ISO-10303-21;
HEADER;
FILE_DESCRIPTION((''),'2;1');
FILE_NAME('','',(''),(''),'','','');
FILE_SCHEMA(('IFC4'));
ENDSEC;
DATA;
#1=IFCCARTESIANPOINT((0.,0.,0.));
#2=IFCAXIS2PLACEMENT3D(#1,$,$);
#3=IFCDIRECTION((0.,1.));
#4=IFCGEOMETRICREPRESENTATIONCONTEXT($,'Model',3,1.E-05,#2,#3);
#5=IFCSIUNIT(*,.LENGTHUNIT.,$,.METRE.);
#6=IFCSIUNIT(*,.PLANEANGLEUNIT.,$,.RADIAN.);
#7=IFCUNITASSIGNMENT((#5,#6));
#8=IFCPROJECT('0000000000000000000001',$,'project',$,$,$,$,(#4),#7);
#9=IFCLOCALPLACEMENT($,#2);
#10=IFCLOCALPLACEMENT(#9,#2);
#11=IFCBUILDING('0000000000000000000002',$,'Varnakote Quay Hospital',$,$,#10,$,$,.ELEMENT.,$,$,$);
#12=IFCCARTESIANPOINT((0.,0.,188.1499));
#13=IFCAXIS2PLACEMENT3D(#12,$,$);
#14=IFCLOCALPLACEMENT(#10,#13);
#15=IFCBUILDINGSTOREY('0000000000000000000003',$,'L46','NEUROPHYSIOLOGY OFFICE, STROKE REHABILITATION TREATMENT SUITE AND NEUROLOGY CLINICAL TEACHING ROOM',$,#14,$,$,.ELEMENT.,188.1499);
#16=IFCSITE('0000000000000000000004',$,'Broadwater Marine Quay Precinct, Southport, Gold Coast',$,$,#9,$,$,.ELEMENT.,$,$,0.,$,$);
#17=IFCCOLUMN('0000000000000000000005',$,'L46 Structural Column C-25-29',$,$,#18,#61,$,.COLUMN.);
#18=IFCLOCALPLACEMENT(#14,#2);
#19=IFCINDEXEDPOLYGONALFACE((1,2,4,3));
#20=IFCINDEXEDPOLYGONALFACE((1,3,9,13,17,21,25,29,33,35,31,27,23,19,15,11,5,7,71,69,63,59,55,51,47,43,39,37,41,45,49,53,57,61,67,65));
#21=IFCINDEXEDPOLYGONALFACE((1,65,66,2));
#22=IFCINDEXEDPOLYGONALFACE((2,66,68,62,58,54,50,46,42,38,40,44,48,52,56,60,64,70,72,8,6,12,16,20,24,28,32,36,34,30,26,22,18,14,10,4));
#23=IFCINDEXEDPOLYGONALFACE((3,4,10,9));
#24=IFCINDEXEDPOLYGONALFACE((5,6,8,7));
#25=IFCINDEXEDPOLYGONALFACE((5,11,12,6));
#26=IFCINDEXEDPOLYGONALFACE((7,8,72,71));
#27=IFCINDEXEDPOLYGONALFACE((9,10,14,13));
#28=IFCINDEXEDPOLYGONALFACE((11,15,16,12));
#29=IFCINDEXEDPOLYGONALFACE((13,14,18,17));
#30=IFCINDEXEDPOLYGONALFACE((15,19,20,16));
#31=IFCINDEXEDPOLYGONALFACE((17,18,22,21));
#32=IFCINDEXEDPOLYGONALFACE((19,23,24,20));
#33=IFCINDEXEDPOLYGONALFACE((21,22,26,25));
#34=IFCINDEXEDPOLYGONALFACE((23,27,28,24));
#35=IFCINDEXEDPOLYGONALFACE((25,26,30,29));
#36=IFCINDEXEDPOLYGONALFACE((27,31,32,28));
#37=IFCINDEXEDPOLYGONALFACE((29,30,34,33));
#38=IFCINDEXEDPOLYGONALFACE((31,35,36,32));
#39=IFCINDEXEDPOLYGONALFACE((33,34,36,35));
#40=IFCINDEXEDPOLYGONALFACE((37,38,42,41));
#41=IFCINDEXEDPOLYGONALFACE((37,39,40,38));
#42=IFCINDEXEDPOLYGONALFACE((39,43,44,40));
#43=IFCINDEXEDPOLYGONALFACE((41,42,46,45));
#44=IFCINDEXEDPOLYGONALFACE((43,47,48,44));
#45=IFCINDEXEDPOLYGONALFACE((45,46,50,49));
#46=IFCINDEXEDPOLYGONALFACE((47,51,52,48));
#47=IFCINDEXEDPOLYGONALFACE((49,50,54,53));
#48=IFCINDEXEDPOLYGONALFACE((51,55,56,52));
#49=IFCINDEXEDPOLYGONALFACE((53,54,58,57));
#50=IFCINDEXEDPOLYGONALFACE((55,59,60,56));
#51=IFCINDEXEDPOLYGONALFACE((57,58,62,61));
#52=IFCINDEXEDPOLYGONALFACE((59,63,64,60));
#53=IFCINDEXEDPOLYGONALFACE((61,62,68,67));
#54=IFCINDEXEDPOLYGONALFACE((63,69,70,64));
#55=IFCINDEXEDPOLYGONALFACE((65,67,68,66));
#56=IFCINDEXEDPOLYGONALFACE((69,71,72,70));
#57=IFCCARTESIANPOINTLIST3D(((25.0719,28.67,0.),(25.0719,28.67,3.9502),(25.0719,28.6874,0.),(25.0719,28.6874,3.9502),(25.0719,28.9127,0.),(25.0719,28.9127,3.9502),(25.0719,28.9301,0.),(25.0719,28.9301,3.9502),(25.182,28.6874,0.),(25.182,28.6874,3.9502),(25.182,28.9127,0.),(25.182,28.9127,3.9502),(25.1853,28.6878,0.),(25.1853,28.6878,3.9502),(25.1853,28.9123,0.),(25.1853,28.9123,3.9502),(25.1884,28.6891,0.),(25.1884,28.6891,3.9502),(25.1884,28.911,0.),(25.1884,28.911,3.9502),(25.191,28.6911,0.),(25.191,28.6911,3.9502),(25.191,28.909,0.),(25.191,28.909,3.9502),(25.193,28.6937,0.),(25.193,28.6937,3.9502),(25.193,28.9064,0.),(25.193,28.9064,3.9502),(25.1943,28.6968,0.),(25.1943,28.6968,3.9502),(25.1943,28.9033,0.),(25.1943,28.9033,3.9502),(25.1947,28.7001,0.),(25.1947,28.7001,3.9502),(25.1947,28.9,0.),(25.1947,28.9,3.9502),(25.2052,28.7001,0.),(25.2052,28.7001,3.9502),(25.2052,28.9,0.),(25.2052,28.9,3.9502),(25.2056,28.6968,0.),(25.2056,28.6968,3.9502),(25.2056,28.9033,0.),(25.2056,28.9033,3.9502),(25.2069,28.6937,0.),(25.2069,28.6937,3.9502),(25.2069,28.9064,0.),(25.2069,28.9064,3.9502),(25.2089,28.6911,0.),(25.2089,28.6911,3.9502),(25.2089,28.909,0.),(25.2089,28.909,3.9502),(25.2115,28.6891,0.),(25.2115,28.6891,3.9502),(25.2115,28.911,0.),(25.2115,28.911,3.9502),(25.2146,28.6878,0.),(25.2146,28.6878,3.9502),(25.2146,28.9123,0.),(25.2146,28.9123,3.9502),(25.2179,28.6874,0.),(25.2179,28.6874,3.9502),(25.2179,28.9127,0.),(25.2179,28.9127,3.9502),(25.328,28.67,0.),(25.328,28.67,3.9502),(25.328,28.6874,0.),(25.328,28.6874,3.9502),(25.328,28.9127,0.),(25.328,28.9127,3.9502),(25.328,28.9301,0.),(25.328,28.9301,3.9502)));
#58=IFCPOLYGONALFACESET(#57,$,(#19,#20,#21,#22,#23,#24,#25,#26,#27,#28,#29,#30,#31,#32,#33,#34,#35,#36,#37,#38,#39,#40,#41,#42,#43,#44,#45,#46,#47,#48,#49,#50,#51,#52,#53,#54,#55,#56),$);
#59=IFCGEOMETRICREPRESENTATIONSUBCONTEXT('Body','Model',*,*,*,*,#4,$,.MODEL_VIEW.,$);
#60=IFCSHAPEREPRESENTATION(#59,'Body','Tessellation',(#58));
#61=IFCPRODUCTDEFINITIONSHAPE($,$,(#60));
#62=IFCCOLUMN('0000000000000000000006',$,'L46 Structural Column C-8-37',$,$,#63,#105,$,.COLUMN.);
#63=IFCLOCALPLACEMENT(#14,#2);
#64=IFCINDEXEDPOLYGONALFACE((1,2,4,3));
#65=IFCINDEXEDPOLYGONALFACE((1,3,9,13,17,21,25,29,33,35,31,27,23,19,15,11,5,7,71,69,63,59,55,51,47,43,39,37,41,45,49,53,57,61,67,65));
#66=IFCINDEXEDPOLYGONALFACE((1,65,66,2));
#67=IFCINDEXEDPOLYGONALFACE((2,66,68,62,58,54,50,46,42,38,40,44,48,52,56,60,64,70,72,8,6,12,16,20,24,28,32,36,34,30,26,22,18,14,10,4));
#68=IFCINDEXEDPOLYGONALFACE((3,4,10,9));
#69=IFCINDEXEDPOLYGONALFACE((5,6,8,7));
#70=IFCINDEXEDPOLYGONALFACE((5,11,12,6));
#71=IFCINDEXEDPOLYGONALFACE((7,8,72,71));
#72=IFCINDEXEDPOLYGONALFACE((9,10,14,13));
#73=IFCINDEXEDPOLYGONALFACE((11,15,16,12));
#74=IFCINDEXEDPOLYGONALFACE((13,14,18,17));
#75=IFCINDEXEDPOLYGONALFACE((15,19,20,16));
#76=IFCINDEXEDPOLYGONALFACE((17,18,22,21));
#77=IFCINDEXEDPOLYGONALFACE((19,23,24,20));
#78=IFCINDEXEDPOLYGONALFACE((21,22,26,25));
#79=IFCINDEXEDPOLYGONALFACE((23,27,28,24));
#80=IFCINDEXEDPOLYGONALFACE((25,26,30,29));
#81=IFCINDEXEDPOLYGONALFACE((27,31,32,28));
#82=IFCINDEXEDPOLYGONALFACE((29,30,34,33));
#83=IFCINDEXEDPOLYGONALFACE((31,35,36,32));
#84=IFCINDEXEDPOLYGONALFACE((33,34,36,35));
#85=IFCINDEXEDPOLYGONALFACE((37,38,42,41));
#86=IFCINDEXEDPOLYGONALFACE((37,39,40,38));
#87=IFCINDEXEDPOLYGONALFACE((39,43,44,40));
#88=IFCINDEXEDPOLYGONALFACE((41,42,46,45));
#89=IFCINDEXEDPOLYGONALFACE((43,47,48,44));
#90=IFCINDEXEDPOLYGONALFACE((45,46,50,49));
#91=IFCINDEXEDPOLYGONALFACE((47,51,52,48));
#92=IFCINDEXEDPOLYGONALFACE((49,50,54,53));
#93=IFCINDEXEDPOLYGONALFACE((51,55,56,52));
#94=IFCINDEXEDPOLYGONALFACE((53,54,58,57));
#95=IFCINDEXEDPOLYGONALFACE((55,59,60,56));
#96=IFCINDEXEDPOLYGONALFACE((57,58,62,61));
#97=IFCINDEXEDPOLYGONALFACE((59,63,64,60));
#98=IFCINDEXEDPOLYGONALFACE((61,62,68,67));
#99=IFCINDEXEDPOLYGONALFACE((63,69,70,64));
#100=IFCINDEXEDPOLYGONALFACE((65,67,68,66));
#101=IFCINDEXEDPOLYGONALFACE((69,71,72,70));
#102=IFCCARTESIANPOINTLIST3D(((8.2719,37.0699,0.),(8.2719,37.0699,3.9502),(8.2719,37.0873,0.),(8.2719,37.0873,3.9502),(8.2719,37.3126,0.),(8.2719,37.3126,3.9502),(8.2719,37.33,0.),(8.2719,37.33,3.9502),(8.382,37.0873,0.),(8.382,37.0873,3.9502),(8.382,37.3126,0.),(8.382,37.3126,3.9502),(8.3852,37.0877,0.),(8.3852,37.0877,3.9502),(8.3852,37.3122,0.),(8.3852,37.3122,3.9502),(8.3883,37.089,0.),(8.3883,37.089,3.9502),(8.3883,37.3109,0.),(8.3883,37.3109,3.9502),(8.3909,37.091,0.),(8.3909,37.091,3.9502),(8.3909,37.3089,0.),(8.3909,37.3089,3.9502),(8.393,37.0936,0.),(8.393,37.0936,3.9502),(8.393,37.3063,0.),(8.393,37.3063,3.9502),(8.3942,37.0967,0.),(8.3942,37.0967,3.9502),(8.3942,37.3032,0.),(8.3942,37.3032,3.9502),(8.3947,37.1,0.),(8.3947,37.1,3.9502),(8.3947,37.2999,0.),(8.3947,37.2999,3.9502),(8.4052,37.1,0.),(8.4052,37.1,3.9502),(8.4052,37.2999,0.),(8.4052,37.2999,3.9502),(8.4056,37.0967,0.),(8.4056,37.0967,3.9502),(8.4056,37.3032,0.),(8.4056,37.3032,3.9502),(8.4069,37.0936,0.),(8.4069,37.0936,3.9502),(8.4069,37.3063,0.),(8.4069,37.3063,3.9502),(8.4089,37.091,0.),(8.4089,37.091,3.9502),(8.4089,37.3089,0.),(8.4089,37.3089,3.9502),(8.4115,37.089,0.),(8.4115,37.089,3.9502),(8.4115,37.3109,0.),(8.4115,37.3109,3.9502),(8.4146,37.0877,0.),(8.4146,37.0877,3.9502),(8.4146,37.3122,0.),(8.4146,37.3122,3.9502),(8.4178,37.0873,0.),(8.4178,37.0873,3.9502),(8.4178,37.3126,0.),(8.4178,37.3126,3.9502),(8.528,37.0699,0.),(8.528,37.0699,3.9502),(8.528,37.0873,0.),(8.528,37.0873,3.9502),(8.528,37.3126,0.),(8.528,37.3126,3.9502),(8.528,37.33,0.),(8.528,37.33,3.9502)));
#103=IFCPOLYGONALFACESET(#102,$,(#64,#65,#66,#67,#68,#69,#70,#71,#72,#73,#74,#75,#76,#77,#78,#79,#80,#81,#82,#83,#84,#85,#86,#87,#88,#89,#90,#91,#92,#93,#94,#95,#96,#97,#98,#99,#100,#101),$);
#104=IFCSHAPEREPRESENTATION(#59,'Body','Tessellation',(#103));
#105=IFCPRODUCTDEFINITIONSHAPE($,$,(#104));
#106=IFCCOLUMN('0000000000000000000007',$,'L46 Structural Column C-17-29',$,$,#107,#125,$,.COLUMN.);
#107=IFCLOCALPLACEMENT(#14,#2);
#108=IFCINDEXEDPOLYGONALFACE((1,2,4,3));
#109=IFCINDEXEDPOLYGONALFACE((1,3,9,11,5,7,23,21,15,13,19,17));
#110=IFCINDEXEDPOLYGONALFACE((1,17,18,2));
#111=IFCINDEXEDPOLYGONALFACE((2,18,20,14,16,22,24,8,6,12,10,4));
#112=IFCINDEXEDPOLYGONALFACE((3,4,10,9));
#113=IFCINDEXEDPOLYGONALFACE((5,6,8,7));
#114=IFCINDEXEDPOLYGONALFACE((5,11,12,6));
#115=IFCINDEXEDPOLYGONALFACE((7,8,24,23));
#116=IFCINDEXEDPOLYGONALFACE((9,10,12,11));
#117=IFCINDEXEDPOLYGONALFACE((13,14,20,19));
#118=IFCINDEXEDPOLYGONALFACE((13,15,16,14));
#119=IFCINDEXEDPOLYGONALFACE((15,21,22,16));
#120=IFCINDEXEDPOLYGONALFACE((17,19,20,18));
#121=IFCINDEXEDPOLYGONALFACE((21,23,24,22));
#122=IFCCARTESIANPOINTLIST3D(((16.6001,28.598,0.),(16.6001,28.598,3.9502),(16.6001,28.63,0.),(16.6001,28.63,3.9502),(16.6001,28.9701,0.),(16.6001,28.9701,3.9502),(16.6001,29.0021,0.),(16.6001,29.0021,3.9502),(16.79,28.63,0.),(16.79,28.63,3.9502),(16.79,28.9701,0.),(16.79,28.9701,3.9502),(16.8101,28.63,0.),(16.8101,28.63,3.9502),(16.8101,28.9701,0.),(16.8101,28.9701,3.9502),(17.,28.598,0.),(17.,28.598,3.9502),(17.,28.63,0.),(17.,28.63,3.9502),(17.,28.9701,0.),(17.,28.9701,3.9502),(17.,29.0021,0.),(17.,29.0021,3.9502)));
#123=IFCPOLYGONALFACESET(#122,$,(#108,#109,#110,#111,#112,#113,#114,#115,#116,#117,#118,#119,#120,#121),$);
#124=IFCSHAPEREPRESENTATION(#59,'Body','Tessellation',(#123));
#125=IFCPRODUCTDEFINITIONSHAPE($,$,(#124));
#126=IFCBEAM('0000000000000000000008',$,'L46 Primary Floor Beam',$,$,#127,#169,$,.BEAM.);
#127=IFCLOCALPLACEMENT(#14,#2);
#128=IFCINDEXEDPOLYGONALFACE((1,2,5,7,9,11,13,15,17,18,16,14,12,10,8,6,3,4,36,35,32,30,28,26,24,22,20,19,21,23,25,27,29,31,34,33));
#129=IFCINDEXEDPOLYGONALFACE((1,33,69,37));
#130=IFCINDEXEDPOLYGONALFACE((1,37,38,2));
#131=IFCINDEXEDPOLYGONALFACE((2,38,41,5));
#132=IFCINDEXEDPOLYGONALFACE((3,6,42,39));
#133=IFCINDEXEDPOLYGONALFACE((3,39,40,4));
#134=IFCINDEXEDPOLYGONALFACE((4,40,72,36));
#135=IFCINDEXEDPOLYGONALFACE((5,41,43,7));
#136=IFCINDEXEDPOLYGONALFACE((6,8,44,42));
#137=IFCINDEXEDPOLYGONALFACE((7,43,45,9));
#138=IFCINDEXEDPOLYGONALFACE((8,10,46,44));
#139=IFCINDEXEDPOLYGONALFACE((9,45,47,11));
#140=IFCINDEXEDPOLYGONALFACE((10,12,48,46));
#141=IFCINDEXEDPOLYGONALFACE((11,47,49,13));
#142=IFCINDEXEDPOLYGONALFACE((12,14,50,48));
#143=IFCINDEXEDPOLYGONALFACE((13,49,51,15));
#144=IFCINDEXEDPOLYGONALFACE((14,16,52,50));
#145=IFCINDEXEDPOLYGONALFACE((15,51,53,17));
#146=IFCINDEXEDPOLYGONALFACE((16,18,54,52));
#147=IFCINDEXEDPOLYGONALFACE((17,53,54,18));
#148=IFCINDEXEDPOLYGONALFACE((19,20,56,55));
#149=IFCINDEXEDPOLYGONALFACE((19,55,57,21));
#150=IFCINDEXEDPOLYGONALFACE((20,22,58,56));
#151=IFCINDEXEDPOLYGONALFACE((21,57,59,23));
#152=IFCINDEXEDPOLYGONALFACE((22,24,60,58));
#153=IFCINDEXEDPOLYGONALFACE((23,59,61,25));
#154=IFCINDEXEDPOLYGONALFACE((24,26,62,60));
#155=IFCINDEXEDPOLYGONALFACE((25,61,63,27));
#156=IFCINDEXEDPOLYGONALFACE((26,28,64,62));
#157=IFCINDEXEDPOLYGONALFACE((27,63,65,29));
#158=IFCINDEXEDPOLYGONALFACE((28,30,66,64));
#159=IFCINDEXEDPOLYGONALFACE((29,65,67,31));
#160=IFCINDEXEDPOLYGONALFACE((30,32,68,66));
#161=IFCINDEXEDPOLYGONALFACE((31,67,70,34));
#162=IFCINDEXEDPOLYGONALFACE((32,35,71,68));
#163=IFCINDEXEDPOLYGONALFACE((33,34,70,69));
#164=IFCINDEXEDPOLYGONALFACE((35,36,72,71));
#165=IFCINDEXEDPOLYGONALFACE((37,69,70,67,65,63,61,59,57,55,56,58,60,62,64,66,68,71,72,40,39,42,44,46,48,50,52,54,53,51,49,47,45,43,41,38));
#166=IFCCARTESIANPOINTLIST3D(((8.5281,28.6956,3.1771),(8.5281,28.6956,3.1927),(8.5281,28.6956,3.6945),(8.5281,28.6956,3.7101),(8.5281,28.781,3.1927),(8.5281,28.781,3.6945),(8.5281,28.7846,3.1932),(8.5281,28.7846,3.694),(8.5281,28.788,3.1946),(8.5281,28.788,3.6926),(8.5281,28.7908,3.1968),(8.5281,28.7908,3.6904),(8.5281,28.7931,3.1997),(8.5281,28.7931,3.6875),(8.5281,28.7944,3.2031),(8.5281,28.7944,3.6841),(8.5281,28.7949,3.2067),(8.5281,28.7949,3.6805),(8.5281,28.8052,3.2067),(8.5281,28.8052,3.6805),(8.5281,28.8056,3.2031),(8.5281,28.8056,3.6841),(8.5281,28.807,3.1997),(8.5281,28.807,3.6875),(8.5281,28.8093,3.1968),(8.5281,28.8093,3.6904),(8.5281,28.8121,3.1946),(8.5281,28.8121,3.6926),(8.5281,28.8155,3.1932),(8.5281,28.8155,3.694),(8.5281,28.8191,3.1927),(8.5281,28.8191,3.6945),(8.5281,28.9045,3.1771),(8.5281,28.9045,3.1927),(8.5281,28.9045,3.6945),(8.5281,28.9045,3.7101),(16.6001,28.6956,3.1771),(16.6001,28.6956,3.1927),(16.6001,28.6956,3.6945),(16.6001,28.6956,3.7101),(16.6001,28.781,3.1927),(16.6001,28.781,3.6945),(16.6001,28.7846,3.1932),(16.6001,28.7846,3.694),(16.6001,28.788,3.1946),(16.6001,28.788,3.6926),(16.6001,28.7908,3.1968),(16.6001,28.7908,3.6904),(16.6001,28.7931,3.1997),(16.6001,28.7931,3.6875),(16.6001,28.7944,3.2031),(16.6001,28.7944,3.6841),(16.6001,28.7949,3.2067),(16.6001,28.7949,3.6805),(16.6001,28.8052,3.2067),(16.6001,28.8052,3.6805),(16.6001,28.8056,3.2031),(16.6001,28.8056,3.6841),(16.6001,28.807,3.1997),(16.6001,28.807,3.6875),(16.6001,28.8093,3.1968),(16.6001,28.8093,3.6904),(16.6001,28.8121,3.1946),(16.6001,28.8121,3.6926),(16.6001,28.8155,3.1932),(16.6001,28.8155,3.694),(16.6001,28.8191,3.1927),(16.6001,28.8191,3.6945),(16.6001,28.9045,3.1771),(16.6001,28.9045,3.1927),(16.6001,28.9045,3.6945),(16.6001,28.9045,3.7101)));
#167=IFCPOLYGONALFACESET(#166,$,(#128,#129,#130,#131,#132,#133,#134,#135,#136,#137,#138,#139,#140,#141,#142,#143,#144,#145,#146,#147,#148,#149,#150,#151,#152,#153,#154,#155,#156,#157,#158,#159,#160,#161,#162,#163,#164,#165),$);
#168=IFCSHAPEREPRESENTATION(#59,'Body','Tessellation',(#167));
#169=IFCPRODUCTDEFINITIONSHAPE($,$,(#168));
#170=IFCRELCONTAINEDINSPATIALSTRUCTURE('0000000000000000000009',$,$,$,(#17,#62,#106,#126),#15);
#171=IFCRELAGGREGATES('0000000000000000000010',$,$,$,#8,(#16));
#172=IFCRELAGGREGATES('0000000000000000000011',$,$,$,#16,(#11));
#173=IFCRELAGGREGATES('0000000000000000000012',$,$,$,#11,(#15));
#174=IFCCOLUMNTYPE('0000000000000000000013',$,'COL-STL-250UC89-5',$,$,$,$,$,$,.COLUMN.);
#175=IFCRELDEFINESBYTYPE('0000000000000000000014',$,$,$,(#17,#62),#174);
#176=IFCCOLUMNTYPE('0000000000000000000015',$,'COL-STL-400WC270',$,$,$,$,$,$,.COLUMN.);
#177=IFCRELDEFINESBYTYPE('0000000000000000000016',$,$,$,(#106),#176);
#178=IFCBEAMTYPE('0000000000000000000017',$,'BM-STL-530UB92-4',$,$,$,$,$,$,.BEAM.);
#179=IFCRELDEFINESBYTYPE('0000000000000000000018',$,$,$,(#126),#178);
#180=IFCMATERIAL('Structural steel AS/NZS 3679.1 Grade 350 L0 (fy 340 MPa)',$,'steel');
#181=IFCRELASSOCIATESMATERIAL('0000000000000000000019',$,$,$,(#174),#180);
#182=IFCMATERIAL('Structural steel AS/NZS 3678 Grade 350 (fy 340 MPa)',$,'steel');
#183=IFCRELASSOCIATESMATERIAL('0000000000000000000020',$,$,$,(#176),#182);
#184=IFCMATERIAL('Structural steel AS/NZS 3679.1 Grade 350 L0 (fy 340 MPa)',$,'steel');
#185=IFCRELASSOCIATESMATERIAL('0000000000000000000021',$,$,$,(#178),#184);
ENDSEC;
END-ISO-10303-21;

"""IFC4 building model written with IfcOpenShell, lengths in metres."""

from ifc_helpers import new_model, si_unit, direction, frame, origin, origin_2d, place, context, subcontext, project, spatial, i_section, extrude, material, material_profile, profile_set, type_object, element, save


model = new_model("IFC4")

# Units and contexts
model_context = context("Model", 3, precision=1e-05, world=origin(), true_north=direction((0.0, 1.0)))
body_context = subcontext(model_context, "Body", "Model", "MODEL_VIEW")
ifc_project = project(units=[si_unit("LENGTHUNIT", "METRE"), si_unit("PLANEANGLEUNIT", "RADIAN")], contexts=[model_context])

# Site, building, storey
site_placement = place(None, origin())
site = spatial("IfcSite", under=ifc_project, at=site_placement, Name="Broadwater Marine Quay Precinct, Southport, Gold Coast", CompositionType="ELEMENT", RefElevation=0.0)
building_placement = place(site_placement, origin())
building = spatial("IfcBuilding", under=site, at=building_placement, Name="Varnakote Quay Hospital", CompositionType="ELEMENT")
storey_placement = place(building_placement, frame((0.0, 0.0, 188.1499)))
storey = spatial("IfcBuildingStorey", under=building, at=storey_placement, Name="L46", Description="NEUROPHYSIOLOGY OFFICE, STROKE REHABILITATION TREATMENT SUITE AND NEUROLOGY CLINICAL TEACHING ROOM", CompositionType="ELEMENT", Elevation=188.1499)

# Columns
ifc_material_1 = material(Name="Structural steel AS/NZS 3679.1 Grade 350 L0 (fy 340 MPa)", Category="steel")
ifc_material_profile_1 = material_profile(ifc_material_1, i_section(OverallWidth=0.2561, OverallDepth=0.26, WebThickness=0.0105, FlangeThickness=0.0173, FilletRadius=0.0127, at=origin_2d()), Name="250UC89.5")
ifc_profile_set_1 = profile_set([ifc_material_profile_1], Name="Structural steel AS/NZS 3679.1 Grade 350 L0 (fy 340 MPa)")
column_type_1 = type_object("IfcColumnType", Name="COL-STL-250UC89-5", PredefinedType="COLUMN", material=ifc_profile_set_1)
for number, where, z_axis, x_axis, name in (
    (1, (25.2, 28.8, 0.0), (0.0, 0.0, 1.0), (1.0, 0.0, 0.0), "L46 Structural Column C-25-29"),
    (2, (8.3999, 37.2, 0.0), (0.0, 0.0, 1.0), (1.0, 0.0, 0.0), "L46 Structural Column C-8-37"),
):
    element("IfcColumn", number, at=place(storey_placement, frame(where, z_axis=z_axis, x_axis=x_axis)), inside=storey, type_object=column_type_1, Name=name, PredefinedType="COLUMN", context=body_context, shape_type="SweptSolid", body=[
        extrude(i_section(OverallWidth=0.2561, OverallDepth=0.26, WebThickness=0.0105, FlangeThickness=0.0173, FilletRadius=0.0127, at=origin_2d()), origin(), (0.0, 0.0, 1.0), 3.9502),
    ])
ifc_material_2 = material(Name="Structural steel AS/NZS 3678 Grade 350 (fy 340 MPa)", Category="steel")
ifc_material_profile_2 = material_profile(ifc_material_2, i_section(OverallWidth=0.3999, OverallDepth=0.4041, WebThickness=0.02, FlangeThickness=0.032, at=origin_2d()), Name="400WC270")
ifc_profile_set_2 = profile_set([ifc_material_profile_2], Name="Structural steel AS/NZS 3678 Grade 350 (fy 340 MPa)")
column_type_2 = type_object("IfcColumnType", Name="COL-STL-400WC270", PredefinedType="COLUMN", material=ifc_profile_set_2)
column_placement = place(storey_placement, frame((16.8, 28.8, 0.0), z_axis=(0.0, 0.0, 1.0), x_axis=(1.0, 0.0, 0.0)))
element("IfcColumn", 3, at=column_placement, inside=storey, type_object=column_type_2, Name="L46 Structural Column C-17-29", PredefinedType="COLUMN", context=body_context, shape_type="SweptSolid", body=[
    extrude(i_section(OverallWidth=0.3999, OverallDepth=0.4041, WebThickness=0.02, FlangeThickness=0.032, at=origin_2d()), origin(), (0.0, 0.0, 1.0), 3.9502),
])

# Beam
ifc_material_3 = material(Name="Structural steel AS/NZS 3679.1 Grade 350 L0 (fy 340 MPa)", Category="steel")
ifc_material_profile_3 = material_profile(ifc_material_3, i_section(OverallWidth=0.209, OverallDepth=0.533, WebThickness=0.0103, FlangeThickness=0.0156, FilletRadius=0.0139, at=origin_2d()), Name="530UB92.4")
ifc_profile_set_3 = profile_set([ifc_material_profile_3], Name="Structural steel AS/NZS 3679.1 Grade 350 L0 (fy 340 MPa)")
beam_type_1 = type_object("IfcBeamType", Name="BM-STL-530UB92-4", PredefinedType="BEAM", material=ifc_profile_set_3)
for number, where, z_axis, x_axis, name in (
    (4, (8.5281, 28.8, 3.4436), (1.0, 0.0, 0.0), (0.0, 1.0, 0.0), "L46 Primary Floor Beam"),
):
    element("IfcBeam", number, at=place(storey_placement, frame(where, z_axis=z_axis, x_axis=x_axis)), inside=storey, type_object=beam_type_1, Name=name, PredefinedType="BEAM", context=body_context, shape_type="SweptSolid", body=[
        extrude(i_section(OverallWidth=0.209, OverallDepth=0.533, WebThickness=0.0103, FlangeThickness=0.0156, FilletRadius=0.0139, at=origin_2d()), origin(), (0.0, 0.0, 1.0), 8.072),
    ])

save(model, "model.ifc")
